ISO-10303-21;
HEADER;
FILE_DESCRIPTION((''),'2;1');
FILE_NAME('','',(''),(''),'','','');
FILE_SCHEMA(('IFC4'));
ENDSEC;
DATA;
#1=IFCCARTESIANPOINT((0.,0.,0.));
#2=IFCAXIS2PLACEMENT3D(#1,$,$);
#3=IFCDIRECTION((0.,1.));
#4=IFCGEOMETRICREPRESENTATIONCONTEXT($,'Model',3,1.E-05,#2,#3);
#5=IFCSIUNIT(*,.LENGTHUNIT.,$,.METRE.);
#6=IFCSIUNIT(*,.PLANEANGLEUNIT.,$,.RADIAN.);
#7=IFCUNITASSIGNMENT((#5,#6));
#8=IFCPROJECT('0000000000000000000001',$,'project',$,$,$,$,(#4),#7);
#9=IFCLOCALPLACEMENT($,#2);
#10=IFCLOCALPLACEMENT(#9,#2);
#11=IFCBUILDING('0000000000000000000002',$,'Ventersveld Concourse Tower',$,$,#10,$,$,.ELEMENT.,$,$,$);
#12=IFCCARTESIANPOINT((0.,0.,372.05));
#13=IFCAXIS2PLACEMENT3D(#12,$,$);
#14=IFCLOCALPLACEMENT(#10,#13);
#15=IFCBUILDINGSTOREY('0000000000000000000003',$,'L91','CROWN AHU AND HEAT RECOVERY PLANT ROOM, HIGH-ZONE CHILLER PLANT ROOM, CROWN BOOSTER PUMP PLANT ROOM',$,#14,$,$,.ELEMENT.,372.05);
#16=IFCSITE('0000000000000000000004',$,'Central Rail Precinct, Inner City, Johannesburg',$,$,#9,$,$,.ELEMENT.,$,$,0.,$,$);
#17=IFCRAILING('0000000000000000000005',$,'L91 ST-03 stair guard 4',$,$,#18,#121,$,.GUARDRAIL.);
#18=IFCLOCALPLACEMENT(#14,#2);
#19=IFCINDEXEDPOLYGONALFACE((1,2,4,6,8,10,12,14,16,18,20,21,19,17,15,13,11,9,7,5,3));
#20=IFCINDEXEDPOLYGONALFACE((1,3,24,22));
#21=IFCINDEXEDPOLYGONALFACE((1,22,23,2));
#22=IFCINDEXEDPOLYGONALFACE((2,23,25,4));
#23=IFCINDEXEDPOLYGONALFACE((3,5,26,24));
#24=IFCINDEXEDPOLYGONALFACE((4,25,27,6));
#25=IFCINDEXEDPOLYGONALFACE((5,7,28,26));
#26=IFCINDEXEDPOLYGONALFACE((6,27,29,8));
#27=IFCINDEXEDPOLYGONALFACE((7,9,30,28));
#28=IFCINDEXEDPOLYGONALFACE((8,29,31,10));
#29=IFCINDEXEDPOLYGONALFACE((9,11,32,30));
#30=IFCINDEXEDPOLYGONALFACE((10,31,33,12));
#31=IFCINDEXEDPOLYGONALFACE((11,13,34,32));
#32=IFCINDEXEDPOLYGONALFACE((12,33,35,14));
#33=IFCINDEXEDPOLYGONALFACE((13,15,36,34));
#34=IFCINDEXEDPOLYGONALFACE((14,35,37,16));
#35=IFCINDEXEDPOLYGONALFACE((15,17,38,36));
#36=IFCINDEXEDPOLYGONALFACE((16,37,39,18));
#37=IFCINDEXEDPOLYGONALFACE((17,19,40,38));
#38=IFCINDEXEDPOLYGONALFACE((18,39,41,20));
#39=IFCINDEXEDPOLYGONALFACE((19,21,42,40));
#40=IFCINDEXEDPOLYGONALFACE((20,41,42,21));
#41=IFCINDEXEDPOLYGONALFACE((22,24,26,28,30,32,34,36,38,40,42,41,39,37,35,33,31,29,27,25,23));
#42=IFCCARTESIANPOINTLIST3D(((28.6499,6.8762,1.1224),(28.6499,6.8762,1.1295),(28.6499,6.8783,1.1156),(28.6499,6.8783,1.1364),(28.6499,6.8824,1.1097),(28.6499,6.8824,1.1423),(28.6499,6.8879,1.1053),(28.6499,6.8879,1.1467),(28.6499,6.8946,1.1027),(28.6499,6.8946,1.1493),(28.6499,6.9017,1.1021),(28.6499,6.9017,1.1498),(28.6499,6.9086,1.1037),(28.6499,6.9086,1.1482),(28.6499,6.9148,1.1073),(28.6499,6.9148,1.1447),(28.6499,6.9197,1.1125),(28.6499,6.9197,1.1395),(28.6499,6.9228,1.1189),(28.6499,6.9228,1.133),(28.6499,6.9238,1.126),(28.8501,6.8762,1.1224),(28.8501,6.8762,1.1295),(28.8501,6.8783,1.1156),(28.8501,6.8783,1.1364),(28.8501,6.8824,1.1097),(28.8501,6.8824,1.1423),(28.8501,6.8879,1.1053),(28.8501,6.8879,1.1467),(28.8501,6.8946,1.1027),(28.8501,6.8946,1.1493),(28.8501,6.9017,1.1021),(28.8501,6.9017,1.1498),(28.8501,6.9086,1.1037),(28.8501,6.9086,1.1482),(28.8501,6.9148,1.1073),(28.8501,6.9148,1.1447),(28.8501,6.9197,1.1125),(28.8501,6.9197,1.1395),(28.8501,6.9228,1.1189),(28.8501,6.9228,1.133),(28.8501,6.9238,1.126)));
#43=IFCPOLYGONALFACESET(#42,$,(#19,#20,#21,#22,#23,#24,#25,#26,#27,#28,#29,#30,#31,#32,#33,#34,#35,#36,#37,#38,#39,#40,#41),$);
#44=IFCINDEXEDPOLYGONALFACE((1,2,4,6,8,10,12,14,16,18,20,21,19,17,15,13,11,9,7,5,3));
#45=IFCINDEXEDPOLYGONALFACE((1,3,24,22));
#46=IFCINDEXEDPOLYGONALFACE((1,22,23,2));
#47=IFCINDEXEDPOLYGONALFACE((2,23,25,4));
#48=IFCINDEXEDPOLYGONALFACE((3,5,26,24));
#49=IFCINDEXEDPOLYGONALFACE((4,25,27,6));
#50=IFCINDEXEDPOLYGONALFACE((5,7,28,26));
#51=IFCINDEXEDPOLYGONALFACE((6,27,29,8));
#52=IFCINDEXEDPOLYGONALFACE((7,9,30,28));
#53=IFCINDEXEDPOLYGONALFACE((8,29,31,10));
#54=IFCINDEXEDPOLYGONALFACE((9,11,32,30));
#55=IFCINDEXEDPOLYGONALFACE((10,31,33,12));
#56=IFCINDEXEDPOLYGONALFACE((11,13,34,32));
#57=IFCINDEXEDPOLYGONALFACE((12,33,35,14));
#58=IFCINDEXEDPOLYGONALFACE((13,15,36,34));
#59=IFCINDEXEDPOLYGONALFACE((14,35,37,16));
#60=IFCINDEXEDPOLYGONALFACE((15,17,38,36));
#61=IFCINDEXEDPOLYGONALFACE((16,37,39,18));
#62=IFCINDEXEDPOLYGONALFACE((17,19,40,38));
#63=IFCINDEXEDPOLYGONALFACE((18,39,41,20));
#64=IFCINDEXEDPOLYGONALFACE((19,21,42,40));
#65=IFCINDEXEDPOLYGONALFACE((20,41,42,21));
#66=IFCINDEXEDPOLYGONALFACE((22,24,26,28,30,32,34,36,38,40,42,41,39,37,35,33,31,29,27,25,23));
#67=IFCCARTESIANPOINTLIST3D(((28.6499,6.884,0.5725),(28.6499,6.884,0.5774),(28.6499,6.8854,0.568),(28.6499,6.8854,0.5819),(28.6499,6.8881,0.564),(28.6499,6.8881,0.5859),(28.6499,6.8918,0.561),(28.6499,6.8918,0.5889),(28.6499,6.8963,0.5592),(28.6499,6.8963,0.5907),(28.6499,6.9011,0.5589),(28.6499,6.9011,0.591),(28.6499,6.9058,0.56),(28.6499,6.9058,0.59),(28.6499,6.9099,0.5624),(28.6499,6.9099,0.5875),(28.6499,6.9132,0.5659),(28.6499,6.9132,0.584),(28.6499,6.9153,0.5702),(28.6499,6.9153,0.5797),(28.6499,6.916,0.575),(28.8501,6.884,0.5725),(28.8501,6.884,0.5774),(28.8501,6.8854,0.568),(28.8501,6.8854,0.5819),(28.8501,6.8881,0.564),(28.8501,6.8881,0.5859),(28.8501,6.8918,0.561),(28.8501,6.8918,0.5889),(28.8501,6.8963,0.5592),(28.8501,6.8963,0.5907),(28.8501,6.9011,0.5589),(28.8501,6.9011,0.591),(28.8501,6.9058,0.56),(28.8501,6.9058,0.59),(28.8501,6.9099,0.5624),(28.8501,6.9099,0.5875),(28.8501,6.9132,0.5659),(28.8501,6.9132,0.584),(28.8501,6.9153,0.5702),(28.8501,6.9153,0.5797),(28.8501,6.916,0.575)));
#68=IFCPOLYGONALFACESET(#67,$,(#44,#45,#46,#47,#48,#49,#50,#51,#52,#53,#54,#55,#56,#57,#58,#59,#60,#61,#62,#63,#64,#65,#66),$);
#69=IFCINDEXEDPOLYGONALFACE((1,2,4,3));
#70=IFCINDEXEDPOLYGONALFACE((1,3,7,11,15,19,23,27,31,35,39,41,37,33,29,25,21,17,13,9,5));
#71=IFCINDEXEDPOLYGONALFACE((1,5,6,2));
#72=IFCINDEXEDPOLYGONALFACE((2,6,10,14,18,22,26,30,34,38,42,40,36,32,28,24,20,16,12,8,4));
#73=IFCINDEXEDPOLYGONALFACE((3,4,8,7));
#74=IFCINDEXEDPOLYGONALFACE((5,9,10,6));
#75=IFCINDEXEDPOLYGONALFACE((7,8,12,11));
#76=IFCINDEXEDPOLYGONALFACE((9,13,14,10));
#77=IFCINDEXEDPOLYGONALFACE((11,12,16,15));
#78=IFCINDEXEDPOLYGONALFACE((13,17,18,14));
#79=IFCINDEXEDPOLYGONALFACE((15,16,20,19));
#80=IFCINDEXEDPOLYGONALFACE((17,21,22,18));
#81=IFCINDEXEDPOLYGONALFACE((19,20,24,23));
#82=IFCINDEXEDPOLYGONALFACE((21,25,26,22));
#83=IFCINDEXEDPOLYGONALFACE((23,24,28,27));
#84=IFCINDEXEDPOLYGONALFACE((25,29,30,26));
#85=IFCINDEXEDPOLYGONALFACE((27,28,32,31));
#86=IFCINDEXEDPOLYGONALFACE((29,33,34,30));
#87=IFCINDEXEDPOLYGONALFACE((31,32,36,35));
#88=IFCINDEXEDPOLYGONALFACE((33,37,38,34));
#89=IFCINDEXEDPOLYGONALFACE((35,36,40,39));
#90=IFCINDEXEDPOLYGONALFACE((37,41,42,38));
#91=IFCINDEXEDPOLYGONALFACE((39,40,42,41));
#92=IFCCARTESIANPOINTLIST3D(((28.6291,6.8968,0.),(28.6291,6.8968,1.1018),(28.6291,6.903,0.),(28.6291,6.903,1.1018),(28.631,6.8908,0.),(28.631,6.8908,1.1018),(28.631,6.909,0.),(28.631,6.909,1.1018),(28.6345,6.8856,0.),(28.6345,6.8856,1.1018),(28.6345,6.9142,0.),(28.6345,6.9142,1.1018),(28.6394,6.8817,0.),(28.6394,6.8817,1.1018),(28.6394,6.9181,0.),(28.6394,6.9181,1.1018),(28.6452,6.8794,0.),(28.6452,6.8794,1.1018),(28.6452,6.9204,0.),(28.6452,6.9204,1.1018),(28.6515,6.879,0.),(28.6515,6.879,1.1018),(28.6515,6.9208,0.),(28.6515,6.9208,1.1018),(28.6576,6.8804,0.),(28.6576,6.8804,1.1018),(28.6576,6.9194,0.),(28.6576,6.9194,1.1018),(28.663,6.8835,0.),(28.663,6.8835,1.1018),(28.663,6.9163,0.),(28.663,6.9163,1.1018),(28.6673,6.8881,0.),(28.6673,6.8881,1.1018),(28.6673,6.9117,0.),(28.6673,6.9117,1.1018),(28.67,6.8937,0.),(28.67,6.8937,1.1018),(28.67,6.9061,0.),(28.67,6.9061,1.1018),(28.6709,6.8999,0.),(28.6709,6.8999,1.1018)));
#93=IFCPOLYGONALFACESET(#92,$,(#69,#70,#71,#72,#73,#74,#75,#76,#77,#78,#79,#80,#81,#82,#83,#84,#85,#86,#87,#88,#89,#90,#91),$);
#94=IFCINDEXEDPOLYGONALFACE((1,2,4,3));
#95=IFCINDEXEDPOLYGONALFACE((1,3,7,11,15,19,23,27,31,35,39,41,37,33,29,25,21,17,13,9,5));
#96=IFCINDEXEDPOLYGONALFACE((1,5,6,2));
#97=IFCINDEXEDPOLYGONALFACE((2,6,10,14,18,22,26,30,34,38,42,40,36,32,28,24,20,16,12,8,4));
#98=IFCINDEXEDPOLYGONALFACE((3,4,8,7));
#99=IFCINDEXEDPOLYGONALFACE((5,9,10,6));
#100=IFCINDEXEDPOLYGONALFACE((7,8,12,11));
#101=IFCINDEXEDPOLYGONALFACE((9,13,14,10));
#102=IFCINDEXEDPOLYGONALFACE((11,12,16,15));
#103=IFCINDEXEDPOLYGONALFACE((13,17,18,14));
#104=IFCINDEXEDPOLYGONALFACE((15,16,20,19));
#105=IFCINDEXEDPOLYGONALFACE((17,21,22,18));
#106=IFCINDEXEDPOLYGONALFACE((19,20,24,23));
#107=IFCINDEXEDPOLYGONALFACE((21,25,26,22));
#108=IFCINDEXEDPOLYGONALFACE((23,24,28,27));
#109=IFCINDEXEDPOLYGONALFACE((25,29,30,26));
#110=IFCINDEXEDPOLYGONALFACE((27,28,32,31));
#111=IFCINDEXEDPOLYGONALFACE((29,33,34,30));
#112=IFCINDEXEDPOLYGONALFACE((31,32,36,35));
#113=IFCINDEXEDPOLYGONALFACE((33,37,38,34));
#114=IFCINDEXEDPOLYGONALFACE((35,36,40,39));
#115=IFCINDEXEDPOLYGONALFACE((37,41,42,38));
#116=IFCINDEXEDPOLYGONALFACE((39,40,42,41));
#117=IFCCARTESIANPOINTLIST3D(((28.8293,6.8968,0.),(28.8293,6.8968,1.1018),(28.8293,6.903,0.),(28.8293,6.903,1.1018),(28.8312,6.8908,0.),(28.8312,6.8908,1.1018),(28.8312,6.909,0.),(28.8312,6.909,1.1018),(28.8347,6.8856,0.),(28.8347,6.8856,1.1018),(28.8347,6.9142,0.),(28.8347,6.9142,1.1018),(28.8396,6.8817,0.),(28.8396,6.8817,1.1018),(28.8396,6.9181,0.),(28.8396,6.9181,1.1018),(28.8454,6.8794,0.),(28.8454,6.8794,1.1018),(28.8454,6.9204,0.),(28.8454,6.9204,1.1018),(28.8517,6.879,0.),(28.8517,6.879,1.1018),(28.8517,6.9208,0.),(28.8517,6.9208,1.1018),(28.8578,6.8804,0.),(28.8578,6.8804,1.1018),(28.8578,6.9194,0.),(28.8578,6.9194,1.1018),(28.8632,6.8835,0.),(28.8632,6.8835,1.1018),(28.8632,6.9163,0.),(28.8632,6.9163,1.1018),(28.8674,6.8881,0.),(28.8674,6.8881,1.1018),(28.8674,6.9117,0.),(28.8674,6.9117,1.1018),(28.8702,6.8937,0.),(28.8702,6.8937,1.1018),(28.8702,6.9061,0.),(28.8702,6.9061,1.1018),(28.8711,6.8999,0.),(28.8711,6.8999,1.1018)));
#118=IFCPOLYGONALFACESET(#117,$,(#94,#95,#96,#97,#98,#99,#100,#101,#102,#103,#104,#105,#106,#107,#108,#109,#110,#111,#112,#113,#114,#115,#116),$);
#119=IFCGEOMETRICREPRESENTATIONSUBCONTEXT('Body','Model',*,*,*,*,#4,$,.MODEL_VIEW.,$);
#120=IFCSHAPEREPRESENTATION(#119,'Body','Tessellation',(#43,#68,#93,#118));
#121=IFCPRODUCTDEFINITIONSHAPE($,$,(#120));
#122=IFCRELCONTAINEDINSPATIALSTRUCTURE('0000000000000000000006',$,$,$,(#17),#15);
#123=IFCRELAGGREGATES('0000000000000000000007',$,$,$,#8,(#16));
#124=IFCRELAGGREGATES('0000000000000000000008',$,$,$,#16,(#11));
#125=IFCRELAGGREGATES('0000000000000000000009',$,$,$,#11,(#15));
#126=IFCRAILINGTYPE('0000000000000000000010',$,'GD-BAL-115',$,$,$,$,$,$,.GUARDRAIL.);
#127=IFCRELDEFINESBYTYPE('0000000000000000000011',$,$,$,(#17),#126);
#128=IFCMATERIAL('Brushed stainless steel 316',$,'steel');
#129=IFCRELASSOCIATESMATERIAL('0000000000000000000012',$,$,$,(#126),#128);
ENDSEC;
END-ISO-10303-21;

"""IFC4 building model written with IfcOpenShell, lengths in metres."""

from ifc_helpers import new_model, si_unit, direction, frame, origin, origin_2d, place, context, subcontext, project, spatial, circle, extrude, material, type_object, element, save


model = new_model("IFC4")

# Units and contexts
model_context = context("Model", 3, precision=1e-05, world=origin(), true_north=direction((0.0, 1.0)))
body_context = subcontext(model_context, "Body", "Model", "MODEL_VIEW")
ifc_project = project(units=[si_unit("LENGTHUNIT", "METRE"), si_unit("PLANEANGLEUNIT", "RADIAN")], contexts=[model_context])

# Site, building, storey
site_placement = place(None, origin())
site = spatial("IfcSite", under=ifc_project, at=site_placement, Name="Central Rail Precinct, Inner City, Johannesburg", CompositionType="ELEMENT", RefElevation=0.0)
building_placement = place(site_placement, origin())
building = spatial("IfcBuilding", under=site, at=building_placement, Name="Ventersveld Concourse Tower", CompositionType="ELEMENT")
storey_placement = place(building_placement, frame((0.0, 0.0, 372.05)))
storey = spatial("IfcBuildingStorey", under=building, at=storey_placement, Name="L91", Description="CROWN AHU AND HEAT RECOVERY PLANT ROOM, HIGH-ZONE CHILLER PLANT ROOM, CROWN BOOSTER PUMP PLANT ROOM", CompositionType="ELEMENT", Elevation=372.05)

# Shared definitions
ifc_material_1 = material(Name="Brushed stainless steel 316", Category="steel")

# Railing
railing_type_1 = type_object("IfcRailingType", Name="GD-BAL-115", PredefinedType="GUARDRAIL", material=ifc_material_1)
railing_1_placement = place(storey_placement, frame((28.6499, 6.8999, 0.0)))
element("IfcRailing", 1, at=railing_1_placement, inside=storey, type_object=railing_type_1, Name="L91 ST-03 stair guard 4", PredefinedType="GUARDRAIL", context=body_context, shape_type="SweptSolid", body=[
    extrude(circle(Radius=0.0239, at=origin_2d()), frame((0.0, 0.0, 1.126), z_axis=(1.0, 0.0, 0.0), x_axis=(0.0, 1.0, 0.0)), (0.0, 0.0, 1.0), 0.2002),
    extrude(circle(Radius=0.0161, at=origin_2d()), frame((0.0, 0.0, 0.575), z_axis=(1.0, 0.0, 0.0), x_axis=(0.0, 1.0, 0.0)), (0.0, 0.0, 1.0), 0.2002),
    extrude(circle(Radius=0.021, at=origin_2d()), origin(), (0.0, 0.0, 1.0), 1.1018),
    extrude(circle(Radius=0.021, at=origin_2d()), frame((0.2002, 0.0, 0.0)), (0.0, 0.0, 1.0), 1.1018),
])

save(model, "model.ifc")
